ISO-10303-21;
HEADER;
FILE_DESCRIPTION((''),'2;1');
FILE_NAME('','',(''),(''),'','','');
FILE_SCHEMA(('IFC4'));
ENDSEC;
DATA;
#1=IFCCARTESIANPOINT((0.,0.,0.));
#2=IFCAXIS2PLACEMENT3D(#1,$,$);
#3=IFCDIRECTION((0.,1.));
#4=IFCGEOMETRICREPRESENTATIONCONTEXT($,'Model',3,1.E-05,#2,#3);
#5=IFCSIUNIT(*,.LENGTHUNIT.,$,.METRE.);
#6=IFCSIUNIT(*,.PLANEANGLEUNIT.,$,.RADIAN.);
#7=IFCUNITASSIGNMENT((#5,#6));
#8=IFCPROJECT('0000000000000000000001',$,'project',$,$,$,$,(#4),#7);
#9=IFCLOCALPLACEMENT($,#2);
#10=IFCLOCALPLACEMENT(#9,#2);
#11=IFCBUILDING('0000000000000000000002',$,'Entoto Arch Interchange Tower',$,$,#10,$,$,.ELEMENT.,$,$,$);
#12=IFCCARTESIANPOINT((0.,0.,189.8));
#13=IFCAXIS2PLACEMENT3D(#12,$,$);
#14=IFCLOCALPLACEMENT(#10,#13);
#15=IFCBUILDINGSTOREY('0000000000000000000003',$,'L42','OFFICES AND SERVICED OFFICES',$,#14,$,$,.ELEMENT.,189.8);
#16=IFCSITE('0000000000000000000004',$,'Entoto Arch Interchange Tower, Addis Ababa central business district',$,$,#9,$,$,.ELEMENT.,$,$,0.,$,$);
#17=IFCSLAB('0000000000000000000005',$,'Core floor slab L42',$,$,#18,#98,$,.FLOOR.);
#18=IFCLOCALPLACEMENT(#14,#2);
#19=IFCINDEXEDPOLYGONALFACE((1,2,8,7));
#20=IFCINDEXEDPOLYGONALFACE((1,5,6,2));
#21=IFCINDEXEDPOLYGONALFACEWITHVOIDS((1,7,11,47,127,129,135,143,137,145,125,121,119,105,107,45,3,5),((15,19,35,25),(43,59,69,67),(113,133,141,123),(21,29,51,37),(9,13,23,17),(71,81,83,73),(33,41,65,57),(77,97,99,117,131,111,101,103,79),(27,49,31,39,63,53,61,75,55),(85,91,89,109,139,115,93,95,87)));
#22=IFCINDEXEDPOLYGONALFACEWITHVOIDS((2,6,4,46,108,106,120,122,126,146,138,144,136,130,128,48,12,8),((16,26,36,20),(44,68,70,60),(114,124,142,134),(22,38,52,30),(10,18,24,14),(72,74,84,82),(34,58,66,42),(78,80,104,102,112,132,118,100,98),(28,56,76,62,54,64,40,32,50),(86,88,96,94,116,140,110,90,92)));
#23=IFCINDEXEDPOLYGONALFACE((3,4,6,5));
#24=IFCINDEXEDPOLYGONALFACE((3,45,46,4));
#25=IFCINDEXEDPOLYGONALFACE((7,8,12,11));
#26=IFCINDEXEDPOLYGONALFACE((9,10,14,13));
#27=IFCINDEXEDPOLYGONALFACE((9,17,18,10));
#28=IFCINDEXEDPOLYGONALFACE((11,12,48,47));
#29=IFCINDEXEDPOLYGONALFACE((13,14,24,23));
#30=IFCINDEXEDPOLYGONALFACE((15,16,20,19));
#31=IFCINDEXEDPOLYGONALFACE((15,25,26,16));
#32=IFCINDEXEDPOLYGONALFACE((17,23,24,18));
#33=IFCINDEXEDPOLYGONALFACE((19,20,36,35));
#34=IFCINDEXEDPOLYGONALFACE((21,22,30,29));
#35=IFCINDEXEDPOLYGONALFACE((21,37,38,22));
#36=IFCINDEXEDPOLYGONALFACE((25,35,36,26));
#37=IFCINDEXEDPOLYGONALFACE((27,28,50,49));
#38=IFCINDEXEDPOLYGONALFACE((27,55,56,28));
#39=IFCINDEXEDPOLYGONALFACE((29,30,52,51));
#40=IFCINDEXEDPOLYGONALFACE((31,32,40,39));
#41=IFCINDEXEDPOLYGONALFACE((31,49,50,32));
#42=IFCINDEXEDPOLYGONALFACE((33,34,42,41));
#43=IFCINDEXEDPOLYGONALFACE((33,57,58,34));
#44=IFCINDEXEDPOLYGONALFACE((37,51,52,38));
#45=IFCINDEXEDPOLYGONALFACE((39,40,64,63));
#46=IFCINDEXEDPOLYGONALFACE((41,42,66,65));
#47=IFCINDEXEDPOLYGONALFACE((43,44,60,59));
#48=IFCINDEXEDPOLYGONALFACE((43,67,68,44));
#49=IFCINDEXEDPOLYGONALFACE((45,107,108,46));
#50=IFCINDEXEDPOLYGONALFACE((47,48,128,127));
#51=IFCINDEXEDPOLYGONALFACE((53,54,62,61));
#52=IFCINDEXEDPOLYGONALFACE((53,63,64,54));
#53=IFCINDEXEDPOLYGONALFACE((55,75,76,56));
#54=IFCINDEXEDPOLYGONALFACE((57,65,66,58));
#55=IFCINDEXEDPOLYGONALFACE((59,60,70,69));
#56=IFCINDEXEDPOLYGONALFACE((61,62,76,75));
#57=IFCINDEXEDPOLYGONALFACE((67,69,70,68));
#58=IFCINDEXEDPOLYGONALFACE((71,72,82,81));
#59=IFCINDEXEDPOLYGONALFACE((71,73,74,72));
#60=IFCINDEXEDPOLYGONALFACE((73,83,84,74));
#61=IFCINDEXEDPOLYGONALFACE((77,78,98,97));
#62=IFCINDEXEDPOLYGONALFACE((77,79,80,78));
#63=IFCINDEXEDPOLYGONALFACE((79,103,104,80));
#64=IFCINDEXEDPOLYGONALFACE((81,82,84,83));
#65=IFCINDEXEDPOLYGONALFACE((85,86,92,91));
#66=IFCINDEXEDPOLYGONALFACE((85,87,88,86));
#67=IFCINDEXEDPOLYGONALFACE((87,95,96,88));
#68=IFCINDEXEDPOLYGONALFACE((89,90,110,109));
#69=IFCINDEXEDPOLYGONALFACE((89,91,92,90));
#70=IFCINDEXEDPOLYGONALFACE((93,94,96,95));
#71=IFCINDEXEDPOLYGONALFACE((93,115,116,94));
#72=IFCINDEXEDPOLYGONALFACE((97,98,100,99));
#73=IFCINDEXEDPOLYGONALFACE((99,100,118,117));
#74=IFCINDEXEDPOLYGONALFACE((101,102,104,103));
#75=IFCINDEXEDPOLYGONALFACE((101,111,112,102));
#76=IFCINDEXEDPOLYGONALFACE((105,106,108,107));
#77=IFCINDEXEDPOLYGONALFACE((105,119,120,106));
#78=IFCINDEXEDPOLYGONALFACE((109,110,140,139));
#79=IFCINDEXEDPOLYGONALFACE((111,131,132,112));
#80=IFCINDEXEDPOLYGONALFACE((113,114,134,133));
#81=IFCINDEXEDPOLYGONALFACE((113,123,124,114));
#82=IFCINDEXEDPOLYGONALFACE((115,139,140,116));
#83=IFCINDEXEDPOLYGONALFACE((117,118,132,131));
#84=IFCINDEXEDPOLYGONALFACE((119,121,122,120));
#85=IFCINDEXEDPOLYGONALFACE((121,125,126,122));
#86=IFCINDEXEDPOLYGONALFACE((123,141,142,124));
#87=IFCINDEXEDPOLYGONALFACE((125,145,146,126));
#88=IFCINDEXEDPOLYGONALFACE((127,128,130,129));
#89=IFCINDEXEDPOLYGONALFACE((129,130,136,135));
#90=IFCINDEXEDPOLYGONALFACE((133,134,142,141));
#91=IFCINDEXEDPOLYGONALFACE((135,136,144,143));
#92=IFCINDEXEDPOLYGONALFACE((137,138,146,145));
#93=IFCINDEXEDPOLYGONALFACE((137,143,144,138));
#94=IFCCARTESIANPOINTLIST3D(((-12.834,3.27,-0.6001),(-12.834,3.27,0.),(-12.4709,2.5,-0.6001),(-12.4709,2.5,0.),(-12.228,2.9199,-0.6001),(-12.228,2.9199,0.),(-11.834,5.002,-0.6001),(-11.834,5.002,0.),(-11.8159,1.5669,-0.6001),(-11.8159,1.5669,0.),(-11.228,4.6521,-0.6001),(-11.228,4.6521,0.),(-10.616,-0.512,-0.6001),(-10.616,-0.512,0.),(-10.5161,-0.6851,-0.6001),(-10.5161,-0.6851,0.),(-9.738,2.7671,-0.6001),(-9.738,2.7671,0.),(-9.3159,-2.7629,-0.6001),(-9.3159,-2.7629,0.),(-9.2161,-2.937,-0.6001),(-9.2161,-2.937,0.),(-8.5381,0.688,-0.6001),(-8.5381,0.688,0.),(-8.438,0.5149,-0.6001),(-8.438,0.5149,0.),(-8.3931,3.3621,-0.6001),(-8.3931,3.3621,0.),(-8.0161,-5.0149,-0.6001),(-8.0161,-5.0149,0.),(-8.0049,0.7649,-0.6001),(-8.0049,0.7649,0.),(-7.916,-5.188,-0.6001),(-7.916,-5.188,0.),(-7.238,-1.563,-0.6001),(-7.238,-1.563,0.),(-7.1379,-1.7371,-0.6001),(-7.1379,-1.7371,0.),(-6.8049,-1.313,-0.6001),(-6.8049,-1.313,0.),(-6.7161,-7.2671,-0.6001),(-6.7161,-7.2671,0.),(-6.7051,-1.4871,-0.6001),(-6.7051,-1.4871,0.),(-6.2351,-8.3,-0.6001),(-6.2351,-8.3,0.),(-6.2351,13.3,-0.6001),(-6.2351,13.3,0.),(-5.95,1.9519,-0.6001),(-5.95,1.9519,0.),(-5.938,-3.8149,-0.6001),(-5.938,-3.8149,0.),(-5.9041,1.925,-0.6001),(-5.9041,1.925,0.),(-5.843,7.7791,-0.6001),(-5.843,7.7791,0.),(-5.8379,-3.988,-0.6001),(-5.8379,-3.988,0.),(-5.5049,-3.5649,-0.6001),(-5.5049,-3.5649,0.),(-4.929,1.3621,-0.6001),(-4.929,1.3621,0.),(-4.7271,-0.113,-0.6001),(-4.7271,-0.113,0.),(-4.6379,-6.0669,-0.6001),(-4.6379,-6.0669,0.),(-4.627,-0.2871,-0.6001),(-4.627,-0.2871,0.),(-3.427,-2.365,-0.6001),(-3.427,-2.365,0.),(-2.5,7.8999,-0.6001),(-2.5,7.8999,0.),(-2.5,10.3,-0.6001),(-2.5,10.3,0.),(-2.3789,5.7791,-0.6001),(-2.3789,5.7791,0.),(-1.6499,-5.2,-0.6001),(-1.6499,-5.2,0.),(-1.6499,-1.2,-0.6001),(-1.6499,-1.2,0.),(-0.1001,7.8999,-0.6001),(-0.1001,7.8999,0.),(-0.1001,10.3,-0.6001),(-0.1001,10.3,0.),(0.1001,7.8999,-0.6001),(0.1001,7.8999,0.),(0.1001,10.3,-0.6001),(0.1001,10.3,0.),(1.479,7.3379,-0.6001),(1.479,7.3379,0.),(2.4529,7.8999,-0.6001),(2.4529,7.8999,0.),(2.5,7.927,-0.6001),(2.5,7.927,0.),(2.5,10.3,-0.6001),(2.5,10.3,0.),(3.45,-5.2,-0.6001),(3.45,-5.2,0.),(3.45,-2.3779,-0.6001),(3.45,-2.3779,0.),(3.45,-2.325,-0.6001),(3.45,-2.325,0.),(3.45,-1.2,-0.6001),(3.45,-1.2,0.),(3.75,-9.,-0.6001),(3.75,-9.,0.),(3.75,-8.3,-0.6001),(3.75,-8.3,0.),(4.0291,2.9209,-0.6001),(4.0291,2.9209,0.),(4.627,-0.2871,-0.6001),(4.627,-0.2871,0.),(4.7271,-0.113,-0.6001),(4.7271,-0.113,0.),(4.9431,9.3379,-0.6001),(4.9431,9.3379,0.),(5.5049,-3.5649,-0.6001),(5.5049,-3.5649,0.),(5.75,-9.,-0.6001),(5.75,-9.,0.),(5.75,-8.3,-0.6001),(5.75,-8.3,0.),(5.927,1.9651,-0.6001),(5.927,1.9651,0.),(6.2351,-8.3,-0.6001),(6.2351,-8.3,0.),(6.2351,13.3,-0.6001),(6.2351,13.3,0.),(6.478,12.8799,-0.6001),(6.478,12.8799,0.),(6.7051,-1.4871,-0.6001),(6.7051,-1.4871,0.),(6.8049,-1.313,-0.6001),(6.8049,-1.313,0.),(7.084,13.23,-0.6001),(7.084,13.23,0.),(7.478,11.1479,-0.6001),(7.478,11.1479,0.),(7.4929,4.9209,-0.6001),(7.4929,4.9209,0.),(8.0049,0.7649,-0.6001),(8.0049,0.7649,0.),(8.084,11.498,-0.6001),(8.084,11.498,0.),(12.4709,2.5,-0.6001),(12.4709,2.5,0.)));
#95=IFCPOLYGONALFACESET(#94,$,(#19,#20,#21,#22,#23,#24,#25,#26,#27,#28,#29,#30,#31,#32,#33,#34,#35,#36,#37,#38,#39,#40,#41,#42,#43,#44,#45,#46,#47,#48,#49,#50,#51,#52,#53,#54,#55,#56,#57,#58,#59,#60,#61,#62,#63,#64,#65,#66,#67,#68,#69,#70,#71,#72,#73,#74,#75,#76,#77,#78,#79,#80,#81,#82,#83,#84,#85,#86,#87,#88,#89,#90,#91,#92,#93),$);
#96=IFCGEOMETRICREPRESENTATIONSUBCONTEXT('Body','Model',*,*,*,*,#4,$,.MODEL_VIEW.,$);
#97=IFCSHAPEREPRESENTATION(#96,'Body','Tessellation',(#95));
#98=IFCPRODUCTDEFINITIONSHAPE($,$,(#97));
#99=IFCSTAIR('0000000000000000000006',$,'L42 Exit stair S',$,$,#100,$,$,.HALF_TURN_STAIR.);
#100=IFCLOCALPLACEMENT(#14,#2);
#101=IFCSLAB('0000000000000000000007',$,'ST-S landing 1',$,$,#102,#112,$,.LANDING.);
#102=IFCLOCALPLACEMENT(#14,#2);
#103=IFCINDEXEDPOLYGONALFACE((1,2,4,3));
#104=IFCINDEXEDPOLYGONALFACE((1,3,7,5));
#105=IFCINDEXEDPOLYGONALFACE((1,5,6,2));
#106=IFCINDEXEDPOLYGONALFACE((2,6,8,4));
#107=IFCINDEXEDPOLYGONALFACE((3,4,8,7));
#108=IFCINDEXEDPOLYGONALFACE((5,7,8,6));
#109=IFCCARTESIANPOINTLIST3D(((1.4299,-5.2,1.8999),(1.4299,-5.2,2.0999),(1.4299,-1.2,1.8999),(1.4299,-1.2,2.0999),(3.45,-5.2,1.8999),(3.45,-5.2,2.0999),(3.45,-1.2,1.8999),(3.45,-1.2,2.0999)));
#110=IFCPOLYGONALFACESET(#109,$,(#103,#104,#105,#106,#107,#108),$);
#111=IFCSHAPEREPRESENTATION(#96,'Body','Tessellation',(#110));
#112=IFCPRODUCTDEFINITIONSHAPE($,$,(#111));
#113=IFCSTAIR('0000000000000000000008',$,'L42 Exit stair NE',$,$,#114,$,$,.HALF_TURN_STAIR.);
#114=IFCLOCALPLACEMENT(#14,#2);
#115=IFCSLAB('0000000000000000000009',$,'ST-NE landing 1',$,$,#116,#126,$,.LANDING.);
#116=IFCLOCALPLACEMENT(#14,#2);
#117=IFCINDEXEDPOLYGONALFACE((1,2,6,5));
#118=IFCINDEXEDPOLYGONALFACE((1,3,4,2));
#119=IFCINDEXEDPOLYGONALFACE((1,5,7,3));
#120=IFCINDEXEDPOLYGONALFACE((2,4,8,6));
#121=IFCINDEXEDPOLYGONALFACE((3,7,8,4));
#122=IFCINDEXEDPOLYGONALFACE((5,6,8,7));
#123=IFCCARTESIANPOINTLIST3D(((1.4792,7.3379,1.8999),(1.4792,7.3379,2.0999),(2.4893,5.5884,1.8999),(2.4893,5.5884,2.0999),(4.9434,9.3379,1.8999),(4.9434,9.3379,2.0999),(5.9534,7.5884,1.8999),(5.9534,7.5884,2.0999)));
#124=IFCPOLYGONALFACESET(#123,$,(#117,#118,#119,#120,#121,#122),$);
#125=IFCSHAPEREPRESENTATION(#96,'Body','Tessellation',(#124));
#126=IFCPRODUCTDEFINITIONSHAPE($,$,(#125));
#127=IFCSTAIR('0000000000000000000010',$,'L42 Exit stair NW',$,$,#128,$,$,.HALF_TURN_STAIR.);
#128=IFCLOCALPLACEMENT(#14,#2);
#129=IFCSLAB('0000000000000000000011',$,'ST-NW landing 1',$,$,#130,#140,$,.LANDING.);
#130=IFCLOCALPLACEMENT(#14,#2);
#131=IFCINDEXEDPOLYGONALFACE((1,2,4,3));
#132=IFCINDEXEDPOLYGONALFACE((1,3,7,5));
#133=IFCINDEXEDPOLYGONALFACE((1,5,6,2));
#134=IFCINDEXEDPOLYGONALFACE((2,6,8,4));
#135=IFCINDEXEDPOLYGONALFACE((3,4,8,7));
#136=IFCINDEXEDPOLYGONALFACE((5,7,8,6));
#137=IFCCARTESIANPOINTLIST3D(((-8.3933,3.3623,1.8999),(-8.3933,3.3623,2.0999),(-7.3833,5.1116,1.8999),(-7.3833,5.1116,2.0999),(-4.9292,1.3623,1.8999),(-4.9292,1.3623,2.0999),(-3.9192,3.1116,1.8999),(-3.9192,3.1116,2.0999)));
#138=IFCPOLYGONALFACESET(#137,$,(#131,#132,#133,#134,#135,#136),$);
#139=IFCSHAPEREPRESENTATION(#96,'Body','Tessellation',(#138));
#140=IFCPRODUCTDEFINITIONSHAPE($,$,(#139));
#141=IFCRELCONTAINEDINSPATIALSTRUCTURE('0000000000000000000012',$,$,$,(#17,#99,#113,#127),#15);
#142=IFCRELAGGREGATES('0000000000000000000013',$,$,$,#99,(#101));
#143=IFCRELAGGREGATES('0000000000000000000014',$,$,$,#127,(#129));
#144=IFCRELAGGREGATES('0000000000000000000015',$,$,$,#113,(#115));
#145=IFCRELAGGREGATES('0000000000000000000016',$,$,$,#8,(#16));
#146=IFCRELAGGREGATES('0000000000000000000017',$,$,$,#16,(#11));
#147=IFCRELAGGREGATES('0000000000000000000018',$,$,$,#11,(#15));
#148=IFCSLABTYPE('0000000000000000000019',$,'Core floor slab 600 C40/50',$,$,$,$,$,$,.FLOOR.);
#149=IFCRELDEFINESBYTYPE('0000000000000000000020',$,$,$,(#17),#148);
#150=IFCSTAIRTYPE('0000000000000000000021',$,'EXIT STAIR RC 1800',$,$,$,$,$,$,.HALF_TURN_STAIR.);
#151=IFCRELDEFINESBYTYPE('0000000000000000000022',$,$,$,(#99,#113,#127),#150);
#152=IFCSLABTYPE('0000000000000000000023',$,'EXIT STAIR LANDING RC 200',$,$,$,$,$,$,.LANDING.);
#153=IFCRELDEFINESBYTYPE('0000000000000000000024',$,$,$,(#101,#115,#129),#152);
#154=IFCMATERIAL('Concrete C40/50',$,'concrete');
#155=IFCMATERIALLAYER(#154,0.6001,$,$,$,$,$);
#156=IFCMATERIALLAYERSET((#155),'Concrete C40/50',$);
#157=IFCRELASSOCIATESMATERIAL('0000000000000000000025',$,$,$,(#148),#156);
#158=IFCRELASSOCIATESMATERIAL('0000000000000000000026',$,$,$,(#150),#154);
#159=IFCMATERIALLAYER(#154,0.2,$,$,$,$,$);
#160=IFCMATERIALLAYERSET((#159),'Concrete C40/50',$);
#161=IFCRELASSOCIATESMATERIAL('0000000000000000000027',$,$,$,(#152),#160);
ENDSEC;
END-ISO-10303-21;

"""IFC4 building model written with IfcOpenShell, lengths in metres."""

from ifc_helpers import new_model, si_unit, direction, frame, origin, place, context, subcontext, project, spatial, polyline, outline, extrude, material, layer, layer_set, type_object, element, aggregate, save


model = new_model("IFC4")

# Units and contexts
model_context = context("Model", 3, precision=1e-05, world=origin(), true_north=direction((0.0, 1.0)))
body_context = subcontext(model_context, "Body", "Model", "MODEL_VIEW")
ifc_project = project(units=[si_unit("LENGTHUNIT", "METRE"), si_unit("PLANEANGLEUNIT", "RADIAN")], contexts=[model_context])

# Site, building, storey
site_placement = place(None, origin())
site = spatial("IfcSite", under=ifc_project, at=site_placement, Name="Entoto Arch Interchange Tower, Addis Ababa central business district", CompositionType="ELEMENT", RefElevation=0.0)
building_placement = place(site_placement, origin())
building = spatial("IfcBuilding", under=site, at=building_placement, Name="Entoto Arch Interchange Tower", CompositionType="ELEMENT")
storey_placement = place(building_placement, frame((0.0, 0.0, 189.8)))
storey = spatial("IfcBuildingStorey", under=building, at=storey_placement, Name="L42", Description="OFFICES AND SERVICED OFFICES", CompositionType="ELEMENT", Elevation=189.8)

# Slab
ifc_material_1 = material(Name="Concrete C40/50", Category="concrete")
ifc_layer_1 = layer(ifc_material_1, 0.6001)
ifc_layer_set_1 = layer_set([ifc_layer_1], Name="Concrete C40/50")
slab_type_1 = type_object("IfcSlabType", Name="Core floor slab 600 C40/50", PredefinedType="FLOOR", material=ifc_layer_set_1)
slab_1_placement = place(storey_placement, frame((0.0, 0.0, -0.6001)))
element("IfcSlab", 1, at=slab_1_placement, inside=storey, type_object=slab_type_1, Name="Core floor slab L42", PredefinedType="FLOOR", context=body_context, shape_type="SweptSolid", body=[
    extrude(outline(polyline([(5.75, -9.0), (3.75, -9.0), (3.75, -8.3), (-6.2351, -8.3), (-12.4709, 2.5), (-12.228, 2.9199), (-12.834, 3.27), (-11.834, 5.002), (-11.228, 4.6521), (-6.2351, 13.3), (6.2351, 13.3), (6.478, 12.8799), (7.084, 13.23), (8.084, 11.498), (7.478, 11.1479), (12.4709, 2.5), (6.2351, -8.3), (5.75, -8.3), (5.75, -9.0)]), holes=[polyline([(-5.8379, -3.988), (-7.916, -5.188), (-6.7161, -7.2671), (-4.6379, -6.0669), (-5.8379, -3.988)]), polyline([(-5.938, -3.8149), (-7.1379, -1.7371), (-9.2161, -2.937), (-8.0161, -5.0149), (-5.938, -3.8149)]), polyline([(-3.427, -2.365), (-4.627, -0.2871), (-6.7051, -1.4871), (-5.5049, -3.5649), (-3.427, -2.365)]), polyline([(-8.438, 0.5149), (-10.5161, -0.6851), (-9.3159, -2.7629), (-7.238, -1.563), (-8.438, 0.5149)]), polyline([(-4.7271, -0.113), (-5.9041, 1.925), (-4.929, 1.3621), (-2.3789, 5.7791), (-5.843, 7.7791), (-8.3931, 3.3621), (-5.95, 1.9519), (-8.0049, 0.7649), (-6.8049, -1.313), (-4.7271, -0.113)]), polyline([(-8.5381, 0.688), (-9.738, 2.7671), (-11.8159, 1.5669), (-10.616, -0.512), (-8.5381, 0.688)]), polyline([(3.45, -5.2), (3.45, -2.3779), (5.5049, -3.5649), (6.7051, -1.4871), (4.627, -0.2871), (3.45, -2.325), (3.45, -1.2), (-1.6499, -1.2), (-1.6499, -5.2), (3.45, -5.2)]), polyline([(5.927, 1.9651), (4.7271, -0.113), (6.8049, -1.313), (8.0049, 0.7649), (5.927, 1.9651)]), polyline([(4.0291, 2.9209), (7.4929, 4.9209), (4.9431, 9.3379), (2.5, 7.927), (2.5, 10.3), (0.1001, 10.3), (0.1001, 7.8999), (2.4529, 7.8999), (1.479, 7.3379), (4.0291, 2.9209)]), polyline([(-2.5, 7.8999), (-0.1001, 7.8999), (-0.1001, 10.3), (-2.5, 10.3), (-2.5, 7.8999)])]), origin(), (0.0, 0.0, 1.0), 0.6001),
])

# Stairs, slabs
stair_type = type_object("IfcStairType", Name="EXIT STAIR RC 1800", PredefinedType="HALF_TURN_STAIR", material=ifc_material_1)
stair_1_placement = place(storey_placement, origin())
stair_1 = element("IfcStair", 2, at=stair_1_placement, inside=storey, type_object=stair_type, Name="L42 Exit stair S", PredefinedType="HALF_TURN_STAIR")
ifc_layer_2 = layer(ifc_material_1, 0.2)
ifc_layer_set_2 = layer_set([ifc_layer_2], Name="Concrete C40/50")
slab_type_2 = type_object("IfcSlabType", Name="EXIT STAIR LANDING RC 200", PredefinedType="LANDING", material=ifc_layer_set_2)
slab_2_placement = place(storey_placement, frame((0.0, 0.0, 1.8999)))
slab_2 = element("IfcSlab", 3, at=slab_2_placement, type_object=slab_type_2, Name="ST-S landing 1", PredefinedType="LANDING", context=body_context, shape_type="SweptSolid", body=[
    extrude(outline(polyline([(1.4299, -5.2), (3.45, -5.2), (3.45, -1.2), (1.4299, -1.2), (1.4299, -5.2)])), origin(), (0.0, 0.0, 1.0), 0.2),
])
aggregate(stair_1, [slab_2])
stair_2_placement = place(storey_placement, origin())
stair_2 = element("IfcStair", 4, at=stair_2_placement, inside=storey, type_object=stair_type, Name="L42 Exit stair NE", PredefinedType="HALF_TURN_STAIR")
slab_3_placement = place(storey_placement, frame((0.0, 0.0, 1.8999)))
slab_3 = element("IfcSlab", 5, at=slab_3_placement, type_object=slab_type_2, Name="ST-NE landing 1", PredefinedType="LANDING", context=body_context, shape_type="SweptSolid", body=[
    extrude(outline(polyline([(5.9534, 7.5884), (4.9434, 9.3379), (1.4792, 7.3379), (2.4893, 5.5884), (5.9534, 7.5884)])), origin(), (0.0, 0.0, 1.0), 0.2),
])
stair_3_placement = place(storey_placement, origin())
stair_3 = element("IfcStair", 6, at=stair_3_placement, inside=storey, type_object=stair_type, Name="L42 Exit stair NW", PredefinedType="HALF_TURN_STAIR")
slab_4_placement = place(storey_placement, frame((0.0, 0.0, 1.8999)))
slab_4 = element("IfcSlab", 7, at=slab_4_placement, type_object=slab_type_2, Name="ST-NW landing 1", PredefinedType="LANDING", context=body_context, shape_type="SweptSolid", body=[
    extrude(outline(polyline([(-7.3833, 5.1116), (-8.3933, 3.3623), (-4.9292, 1.3623), (-3.9192, 3.1116), (-7.3833, 5.1116)])), origin(), (0.0, 0.0, 1.0), 0.2),
])
aggregate(stair_3, [slab_4])

aggregate(stair_2, [slab_3])

save(model, "model.ifc")
